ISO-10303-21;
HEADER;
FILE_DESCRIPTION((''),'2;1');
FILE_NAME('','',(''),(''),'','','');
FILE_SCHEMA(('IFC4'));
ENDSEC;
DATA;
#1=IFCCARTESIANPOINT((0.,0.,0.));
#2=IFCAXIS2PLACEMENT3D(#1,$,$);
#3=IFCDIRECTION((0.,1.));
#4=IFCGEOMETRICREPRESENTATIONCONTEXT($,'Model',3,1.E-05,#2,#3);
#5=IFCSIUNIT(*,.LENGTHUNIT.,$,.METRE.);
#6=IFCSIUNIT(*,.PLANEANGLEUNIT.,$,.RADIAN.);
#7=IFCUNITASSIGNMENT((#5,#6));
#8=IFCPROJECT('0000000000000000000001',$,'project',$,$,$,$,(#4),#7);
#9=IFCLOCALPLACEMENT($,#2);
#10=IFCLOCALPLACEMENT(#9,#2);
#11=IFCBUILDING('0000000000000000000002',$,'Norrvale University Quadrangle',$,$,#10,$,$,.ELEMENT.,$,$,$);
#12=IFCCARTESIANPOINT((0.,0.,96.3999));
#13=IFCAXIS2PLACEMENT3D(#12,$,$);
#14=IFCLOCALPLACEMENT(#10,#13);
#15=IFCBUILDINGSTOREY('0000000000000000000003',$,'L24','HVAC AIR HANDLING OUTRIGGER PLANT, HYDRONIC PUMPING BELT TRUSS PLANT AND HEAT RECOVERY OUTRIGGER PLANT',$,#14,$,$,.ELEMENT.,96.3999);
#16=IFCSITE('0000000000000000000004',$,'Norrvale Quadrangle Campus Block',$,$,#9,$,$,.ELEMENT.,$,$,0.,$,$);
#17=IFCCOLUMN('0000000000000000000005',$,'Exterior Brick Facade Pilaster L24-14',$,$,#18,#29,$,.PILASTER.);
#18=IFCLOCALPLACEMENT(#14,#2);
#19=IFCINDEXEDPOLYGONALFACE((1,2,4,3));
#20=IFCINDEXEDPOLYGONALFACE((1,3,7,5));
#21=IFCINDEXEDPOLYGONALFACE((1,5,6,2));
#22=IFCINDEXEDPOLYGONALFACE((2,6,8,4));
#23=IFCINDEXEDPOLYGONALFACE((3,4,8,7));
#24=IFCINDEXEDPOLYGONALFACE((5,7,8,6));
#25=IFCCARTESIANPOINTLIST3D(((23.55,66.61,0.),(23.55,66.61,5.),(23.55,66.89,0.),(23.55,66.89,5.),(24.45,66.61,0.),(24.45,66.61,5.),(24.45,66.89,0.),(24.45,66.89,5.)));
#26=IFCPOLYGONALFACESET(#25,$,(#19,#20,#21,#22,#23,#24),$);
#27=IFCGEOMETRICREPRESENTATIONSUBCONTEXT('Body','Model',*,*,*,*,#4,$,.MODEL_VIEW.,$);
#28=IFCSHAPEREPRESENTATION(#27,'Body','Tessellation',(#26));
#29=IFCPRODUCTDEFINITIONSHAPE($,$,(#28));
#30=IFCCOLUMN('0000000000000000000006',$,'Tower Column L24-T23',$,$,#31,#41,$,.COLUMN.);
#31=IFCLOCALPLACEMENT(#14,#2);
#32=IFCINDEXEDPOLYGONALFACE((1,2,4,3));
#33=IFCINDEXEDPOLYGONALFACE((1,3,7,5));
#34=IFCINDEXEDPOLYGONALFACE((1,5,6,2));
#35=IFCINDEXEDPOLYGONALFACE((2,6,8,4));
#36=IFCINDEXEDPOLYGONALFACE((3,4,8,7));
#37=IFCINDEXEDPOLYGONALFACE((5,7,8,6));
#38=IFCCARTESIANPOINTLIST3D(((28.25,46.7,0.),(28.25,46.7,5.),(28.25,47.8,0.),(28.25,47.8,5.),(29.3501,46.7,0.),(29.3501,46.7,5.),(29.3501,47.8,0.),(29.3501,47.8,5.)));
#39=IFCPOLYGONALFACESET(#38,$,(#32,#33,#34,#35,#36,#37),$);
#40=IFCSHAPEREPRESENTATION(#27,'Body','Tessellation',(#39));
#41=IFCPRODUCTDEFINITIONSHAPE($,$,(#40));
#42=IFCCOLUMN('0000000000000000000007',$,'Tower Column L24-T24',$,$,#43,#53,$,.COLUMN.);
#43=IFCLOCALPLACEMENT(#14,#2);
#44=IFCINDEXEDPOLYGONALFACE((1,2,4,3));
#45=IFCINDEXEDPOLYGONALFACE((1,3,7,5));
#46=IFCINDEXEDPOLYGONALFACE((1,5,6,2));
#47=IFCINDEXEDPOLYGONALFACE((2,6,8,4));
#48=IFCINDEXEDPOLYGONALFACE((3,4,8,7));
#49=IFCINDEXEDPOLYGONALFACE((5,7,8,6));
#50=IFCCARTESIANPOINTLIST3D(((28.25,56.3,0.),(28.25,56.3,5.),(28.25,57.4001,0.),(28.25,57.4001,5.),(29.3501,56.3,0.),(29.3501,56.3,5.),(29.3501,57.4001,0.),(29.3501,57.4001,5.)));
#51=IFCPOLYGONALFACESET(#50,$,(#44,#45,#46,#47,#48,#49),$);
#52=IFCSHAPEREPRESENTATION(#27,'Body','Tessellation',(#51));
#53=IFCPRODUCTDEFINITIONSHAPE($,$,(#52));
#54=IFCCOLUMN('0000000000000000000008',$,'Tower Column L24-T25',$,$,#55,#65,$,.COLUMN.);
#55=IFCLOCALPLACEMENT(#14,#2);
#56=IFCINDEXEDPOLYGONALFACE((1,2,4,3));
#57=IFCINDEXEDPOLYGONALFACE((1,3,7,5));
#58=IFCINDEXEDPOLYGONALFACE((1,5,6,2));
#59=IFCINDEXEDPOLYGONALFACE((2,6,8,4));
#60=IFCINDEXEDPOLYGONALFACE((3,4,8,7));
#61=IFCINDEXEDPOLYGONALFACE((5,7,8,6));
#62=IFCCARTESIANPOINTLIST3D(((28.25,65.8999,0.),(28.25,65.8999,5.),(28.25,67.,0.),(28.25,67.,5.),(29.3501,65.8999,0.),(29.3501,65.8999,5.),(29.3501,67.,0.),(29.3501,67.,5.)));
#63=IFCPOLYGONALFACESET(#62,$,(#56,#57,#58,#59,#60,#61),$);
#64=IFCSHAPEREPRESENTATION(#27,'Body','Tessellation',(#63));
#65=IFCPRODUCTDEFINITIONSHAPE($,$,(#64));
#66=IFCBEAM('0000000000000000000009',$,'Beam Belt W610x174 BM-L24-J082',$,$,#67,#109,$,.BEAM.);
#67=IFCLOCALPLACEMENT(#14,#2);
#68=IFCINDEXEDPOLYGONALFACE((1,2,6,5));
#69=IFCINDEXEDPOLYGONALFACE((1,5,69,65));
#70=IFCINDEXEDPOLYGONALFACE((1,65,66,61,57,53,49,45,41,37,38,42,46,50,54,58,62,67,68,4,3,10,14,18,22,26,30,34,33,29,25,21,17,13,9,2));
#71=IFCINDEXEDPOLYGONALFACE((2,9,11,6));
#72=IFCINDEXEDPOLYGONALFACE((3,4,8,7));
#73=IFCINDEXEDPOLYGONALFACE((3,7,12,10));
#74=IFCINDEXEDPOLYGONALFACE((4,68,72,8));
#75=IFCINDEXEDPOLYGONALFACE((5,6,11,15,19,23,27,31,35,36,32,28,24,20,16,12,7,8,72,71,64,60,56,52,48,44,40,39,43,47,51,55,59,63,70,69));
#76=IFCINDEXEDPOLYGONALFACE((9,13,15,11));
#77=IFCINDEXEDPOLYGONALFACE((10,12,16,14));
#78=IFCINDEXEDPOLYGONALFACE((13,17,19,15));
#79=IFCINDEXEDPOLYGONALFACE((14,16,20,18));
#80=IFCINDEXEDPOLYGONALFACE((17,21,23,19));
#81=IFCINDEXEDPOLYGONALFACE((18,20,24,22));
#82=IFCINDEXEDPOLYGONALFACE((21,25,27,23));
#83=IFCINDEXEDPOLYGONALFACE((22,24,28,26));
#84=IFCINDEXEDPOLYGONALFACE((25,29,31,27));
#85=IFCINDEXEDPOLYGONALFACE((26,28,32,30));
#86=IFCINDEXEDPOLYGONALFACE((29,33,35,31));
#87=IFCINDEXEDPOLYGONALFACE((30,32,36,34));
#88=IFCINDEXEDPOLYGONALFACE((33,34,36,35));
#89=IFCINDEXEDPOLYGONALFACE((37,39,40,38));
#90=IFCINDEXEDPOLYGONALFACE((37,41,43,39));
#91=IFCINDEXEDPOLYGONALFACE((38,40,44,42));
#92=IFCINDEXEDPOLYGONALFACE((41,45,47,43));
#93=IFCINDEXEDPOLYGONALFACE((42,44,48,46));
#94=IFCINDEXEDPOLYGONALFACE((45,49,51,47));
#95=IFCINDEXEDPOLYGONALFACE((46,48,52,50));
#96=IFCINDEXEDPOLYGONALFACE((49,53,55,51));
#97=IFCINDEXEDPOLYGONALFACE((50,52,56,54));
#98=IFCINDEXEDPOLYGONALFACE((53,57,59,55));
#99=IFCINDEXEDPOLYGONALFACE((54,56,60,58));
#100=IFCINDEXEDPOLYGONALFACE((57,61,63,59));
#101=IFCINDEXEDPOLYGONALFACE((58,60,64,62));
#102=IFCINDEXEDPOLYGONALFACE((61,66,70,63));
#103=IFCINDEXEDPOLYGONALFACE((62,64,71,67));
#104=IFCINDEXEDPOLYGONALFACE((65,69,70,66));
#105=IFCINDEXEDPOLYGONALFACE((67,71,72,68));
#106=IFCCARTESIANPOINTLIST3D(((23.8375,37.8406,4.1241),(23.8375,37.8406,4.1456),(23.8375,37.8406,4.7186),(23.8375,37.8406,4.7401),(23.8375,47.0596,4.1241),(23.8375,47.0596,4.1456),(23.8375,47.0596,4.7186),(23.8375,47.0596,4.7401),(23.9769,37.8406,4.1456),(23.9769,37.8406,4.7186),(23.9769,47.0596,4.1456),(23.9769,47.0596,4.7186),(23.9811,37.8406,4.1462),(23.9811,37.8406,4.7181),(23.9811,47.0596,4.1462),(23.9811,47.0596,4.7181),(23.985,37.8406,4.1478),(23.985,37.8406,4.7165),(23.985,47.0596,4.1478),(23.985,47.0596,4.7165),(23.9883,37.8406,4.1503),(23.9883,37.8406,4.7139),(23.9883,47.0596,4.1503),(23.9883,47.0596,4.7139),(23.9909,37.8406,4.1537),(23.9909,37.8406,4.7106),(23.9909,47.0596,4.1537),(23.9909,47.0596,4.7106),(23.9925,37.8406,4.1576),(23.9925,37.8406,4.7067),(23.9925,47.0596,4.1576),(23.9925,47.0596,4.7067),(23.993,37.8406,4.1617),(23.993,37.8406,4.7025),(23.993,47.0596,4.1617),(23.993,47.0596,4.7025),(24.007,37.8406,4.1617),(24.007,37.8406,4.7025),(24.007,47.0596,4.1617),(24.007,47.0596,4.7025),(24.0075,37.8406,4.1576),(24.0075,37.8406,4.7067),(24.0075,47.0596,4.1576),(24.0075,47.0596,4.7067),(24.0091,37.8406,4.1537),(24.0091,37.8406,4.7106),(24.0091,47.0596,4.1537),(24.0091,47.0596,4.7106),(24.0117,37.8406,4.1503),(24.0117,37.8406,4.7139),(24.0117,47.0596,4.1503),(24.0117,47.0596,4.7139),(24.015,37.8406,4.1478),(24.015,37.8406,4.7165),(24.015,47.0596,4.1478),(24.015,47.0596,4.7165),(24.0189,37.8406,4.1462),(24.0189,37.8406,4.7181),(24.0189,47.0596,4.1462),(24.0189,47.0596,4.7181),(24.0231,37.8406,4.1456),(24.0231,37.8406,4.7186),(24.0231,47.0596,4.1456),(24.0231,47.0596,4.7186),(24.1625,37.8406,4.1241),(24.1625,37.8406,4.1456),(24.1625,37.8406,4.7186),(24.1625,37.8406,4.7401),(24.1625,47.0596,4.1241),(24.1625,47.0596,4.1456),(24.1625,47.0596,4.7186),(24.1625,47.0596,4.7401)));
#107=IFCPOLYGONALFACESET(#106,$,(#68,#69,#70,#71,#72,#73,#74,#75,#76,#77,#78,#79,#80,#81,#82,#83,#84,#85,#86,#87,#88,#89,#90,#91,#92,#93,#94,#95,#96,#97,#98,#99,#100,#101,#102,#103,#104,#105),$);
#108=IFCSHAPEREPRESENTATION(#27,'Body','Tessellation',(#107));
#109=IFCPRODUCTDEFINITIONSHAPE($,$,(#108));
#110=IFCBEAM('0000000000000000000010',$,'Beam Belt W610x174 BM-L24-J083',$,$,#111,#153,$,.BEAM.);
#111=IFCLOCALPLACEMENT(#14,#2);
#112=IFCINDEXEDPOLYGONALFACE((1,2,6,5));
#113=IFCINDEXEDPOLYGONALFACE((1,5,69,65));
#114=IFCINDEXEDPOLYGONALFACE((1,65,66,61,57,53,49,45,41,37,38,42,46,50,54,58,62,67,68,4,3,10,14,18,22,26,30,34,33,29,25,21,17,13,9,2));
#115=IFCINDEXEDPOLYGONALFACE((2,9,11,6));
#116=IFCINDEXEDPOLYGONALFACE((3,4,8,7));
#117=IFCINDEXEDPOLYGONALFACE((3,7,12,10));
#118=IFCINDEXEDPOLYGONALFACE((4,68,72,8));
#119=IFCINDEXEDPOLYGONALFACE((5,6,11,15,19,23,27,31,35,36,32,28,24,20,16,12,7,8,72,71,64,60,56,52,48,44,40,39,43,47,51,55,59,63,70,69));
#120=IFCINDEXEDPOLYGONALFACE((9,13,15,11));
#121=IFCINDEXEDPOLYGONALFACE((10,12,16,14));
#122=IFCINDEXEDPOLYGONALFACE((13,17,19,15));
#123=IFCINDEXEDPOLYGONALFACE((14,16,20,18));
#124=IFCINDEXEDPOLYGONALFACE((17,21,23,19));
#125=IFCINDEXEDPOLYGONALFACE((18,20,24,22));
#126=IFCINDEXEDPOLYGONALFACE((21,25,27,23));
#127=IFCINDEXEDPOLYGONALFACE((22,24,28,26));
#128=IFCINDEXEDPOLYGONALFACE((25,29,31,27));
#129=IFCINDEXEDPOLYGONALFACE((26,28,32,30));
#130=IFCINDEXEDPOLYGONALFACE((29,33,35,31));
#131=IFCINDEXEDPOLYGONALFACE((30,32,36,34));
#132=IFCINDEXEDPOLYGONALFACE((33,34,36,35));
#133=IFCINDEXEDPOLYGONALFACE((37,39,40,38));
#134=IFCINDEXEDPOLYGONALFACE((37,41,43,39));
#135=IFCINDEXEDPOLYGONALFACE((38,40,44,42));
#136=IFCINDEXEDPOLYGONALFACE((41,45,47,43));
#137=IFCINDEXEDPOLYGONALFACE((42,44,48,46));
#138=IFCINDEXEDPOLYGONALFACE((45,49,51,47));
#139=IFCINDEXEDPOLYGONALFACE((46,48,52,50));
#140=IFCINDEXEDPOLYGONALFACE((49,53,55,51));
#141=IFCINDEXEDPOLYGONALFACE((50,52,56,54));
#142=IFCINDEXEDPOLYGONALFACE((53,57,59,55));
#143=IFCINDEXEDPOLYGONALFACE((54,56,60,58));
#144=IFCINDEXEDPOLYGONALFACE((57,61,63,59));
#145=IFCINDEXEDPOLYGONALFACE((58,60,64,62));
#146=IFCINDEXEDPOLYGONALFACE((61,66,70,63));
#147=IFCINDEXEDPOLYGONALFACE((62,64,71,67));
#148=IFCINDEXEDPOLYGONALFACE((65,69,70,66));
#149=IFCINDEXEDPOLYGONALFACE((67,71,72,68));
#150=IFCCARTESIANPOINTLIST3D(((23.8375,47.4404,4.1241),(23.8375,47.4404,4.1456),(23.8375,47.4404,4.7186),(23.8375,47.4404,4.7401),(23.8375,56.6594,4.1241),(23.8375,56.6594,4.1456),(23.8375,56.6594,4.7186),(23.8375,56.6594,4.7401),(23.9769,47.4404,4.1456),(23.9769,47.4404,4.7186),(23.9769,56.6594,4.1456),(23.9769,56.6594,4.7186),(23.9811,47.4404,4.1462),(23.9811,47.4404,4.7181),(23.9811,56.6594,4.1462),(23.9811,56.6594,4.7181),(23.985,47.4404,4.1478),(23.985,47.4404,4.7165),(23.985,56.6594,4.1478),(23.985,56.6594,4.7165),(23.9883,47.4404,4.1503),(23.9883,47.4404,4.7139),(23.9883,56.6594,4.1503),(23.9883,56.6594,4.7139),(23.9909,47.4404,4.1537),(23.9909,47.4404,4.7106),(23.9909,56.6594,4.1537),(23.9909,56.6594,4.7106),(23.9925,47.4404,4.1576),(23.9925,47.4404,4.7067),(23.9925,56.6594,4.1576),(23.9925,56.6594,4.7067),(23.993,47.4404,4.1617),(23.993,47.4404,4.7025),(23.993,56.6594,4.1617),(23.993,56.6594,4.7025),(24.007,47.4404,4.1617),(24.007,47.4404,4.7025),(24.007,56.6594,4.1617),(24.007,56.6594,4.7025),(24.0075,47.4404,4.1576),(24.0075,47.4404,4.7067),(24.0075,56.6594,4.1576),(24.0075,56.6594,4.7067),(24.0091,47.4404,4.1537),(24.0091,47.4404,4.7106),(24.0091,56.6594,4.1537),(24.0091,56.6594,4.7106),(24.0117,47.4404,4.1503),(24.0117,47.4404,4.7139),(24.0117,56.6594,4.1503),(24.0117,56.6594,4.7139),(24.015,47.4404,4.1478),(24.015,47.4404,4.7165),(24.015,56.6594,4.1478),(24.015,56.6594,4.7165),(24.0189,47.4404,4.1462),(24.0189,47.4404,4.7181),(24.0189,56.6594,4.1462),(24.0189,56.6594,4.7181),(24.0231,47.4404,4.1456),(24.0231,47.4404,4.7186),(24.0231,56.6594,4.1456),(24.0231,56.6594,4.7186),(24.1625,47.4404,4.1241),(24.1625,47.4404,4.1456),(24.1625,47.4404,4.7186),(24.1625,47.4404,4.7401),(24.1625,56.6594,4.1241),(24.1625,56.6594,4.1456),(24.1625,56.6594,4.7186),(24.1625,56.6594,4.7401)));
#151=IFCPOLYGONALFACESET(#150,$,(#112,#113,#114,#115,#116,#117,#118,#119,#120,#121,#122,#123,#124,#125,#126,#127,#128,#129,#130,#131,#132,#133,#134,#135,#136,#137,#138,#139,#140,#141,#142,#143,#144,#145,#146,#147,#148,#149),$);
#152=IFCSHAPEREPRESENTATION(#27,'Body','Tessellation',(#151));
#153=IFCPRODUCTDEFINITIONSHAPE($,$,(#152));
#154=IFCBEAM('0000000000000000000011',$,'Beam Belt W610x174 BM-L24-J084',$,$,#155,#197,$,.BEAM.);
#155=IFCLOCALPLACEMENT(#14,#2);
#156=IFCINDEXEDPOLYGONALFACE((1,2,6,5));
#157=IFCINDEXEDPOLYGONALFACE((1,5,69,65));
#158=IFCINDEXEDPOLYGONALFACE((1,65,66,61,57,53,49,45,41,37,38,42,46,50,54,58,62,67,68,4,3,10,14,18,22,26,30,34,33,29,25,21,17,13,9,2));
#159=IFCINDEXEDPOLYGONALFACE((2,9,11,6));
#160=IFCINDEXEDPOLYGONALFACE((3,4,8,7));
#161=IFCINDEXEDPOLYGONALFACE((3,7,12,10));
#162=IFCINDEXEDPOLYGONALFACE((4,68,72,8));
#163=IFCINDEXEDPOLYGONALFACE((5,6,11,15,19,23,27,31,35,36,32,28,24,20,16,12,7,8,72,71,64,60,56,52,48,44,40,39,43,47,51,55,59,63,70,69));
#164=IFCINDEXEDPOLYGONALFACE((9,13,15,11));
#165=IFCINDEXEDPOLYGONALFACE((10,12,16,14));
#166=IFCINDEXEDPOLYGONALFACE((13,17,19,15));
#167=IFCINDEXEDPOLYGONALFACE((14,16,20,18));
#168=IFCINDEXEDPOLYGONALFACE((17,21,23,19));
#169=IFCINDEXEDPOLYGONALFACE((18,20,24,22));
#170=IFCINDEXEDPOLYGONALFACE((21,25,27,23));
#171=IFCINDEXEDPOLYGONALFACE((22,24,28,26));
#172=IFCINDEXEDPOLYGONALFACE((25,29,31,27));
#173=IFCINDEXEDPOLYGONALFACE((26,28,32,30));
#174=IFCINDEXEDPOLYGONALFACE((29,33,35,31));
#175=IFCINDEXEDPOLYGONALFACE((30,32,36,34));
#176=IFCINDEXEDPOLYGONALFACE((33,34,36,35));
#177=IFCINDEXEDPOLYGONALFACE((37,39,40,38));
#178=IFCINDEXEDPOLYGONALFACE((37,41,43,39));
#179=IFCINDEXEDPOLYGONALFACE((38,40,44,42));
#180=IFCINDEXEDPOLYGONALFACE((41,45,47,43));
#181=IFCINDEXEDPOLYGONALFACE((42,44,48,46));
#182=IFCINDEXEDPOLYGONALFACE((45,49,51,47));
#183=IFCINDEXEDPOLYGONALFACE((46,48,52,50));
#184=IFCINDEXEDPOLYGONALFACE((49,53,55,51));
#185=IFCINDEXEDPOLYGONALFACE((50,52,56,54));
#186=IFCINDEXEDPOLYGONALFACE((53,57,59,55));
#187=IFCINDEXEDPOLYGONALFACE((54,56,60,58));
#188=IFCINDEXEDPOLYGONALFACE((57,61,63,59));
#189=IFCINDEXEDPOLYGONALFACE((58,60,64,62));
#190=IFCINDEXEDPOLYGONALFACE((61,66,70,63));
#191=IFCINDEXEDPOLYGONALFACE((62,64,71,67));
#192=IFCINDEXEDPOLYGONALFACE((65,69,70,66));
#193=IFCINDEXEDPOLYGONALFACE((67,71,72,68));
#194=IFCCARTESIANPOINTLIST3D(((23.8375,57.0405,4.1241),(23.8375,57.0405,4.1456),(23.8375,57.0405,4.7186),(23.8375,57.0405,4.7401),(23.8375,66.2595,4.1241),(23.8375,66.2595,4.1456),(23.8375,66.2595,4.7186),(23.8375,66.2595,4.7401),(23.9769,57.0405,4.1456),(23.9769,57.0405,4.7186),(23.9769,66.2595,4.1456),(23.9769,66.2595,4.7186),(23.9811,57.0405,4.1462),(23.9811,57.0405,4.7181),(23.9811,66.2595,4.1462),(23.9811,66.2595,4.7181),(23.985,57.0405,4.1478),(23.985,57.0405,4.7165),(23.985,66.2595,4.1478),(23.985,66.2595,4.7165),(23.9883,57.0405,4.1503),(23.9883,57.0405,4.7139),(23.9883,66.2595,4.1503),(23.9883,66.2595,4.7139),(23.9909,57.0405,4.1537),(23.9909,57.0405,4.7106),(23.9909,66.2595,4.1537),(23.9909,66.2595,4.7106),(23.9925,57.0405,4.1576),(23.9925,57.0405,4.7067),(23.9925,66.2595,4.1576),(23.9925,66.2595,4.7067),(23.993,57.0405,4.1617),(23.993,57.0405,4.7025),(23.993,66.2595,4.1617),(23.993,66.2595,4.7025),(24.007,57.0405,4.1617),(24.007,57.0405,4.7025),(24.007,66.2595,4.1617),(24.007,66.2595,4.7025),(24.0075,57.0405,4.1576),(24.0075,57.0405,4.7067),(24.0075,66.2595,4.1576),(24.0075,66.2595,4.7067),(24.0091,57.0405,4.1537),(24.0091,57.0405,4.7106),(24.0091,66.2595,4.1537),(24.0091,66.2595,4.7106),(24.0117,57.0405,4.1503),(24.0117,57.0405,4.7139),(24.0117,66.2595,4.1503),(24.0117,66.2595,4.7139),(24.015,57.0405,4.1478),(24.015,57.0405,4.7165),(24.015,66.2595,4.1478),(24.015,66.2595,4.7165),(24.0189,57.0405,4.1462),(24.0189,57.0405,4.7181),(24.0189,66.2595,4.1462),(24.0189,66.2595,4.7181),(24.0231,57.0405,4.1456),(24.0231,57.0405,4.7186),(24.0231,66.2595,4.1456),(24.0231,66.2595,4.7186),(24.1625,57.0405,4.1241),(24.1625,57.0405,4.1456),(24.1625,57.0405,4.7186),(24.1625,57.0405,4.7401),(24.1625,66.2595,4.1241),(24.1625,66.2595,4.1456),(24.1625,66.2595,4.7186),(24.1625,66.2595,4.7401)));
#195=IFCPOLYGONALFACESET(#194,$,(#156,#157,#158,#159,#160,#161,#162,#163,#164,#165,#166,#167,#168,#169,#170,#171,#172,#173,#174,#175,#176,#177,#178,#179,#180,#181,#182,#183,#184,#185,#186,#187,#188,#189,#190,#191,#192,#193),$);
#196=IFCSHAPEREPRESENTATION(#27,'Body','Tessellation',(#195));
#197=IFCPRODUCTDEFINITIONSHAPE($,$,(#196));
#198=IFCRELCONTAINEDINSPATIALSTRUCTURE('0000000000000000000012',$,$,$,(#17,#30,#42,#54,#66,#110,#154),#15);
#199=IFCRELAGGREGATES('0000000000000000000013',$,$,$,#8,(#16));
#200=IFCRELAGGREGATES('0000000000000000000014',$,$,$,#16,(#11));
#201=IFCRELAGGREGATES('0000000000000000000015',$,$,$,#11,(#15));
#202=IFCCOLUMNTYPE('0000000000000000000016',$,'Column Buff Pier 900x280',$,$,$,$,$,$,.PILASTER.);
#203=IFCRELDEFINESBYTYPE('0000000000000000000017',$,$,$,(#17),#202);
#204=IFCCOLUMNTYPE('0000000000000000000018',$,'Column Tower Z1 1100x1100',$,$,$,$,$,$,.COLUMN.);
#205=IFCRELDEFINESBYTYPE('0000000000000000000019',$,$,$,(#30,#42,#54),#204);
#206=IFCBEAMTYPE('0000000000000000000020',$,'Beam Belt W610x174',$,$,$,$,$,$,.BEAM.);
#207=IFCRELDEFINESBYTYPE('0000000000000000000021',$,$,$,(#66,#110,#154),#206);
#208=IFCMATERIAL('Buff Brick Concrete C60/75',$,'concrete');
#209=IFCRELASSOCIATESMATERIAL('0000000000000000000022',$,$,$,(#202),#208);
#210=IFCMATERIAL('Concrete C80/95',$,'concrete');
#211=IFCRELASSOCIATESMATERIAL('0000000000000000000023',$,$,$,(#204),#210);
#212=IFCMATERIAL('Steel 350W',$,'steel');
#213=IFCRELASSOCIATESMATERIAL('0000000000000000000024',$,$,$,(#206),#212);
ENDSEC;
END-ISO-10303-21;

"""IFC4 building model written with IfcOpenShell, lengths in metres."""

from ifc_helpers import new_model, si_unit, direction, frame, origin, origin_2d, place, context, subcontext, project, spatial, rectangle, i_section, extrude, material, material_profile, profile_set, type_object, element, save


model = new_model("IFC4")

# Units and contexts
model_context = context("Model", 3, precision=1e-05, world=origin(), true_north=direction((0.0, 1.0)))
body_context = subcontext(model_context, "Body", "Model", "MODEL_VIEW")
ifc_project = project(units=[si_unit("LENGTHUNIT", "METRE"), si_unit("PLANEANGLEUNIT", "RADIAN")], contexts=[model_context])

# Site, building, storey
site_placement = place(None, origin())
site = spatial("IfcSite", under=ifc_project, at=site_placement, Name="Norrvale Quadrangle Campus Block", CompositionType="ELEMENT", RefElevation=0.0)
building_placement = place(site_placement, origin())
building = spatial("IfcBuilding", under=site, at=building_placement, Name="Norrvale University Quadrangle", CompositionType="ELEMENT")
storey_placement = place(building_placement, frame((0.0, 0.0, 96.3999)))
storey = spatial("IfcBuildingStorey", under=building, at=storey_placement, Name="L24", Description="HVAC AIR HANDLING OUTRIGGER PLANT, HYDRONIC PUMPING BELT TRUSS PLANT AND HEAT RECOVERY OUTRIGGER PLANT", CompositionType="ELEMENT", Elevation=96.3999)

# Columns
ifc_material_1 = material(Name="Buff Brick Concrete C60/75", Category="concrete")
ifc_material_profile_1 = material_profile(ifc_material_1, rectangle(XDim=0.8999, YDim=0.28, at=origin_2d()), Name="Buff Brick Concrete C60/75")
ifc_profile_set_1 = profile_set([ifc_material_profile_1], Name="Buff Brick Concrete C60/75")
column_type_1 = type_object("IfcColumnType", Name="Column Buff Pier 900x280", PredefinedType="PILASTER", material=ifc_profile_set_1)
column_placement = place(storey_placement, frame((24.0, 66.75, 0.0), z_axis=(0.0, 0.0, 1.0), x_axis=(1.0, 0.0, 0.0)))
element("IfcColumn", 1, at=column_placement, inside=storey, type_object=column_type_1, Name="Exterior Brick Facade Pilaster L24-14", PredefinedType="PILASTER", context=body_context, shape_type="SweptSolid", body=[
    extrude(rectangle(XDim=0.8999, YDim=0.28, at=origin_2d()), origin(), (0.0, 0.0, 1.0), 5.0),
])
ifc_material_2 = material(Name="Concrete C80/95", Category="concrete")
ifc_material_profile_2 = material_profile(ifc_material_2, rectangle(XDim=1.1001, YDim=1.1001, at=origin_2d()), Name="Concrete C80/95")
ifc_profile_set_2 = profile_set([ifc_material_profile_2], Name="Concrete C80/95")
column_type_2 = type_object("IfcColumnType", Name="Column Tower Z1 1100x1100", PredefinedType="COLUMN", material=ifc_profile_set_2)
for number, where, z_axis, x_axis, name in (
    (2, (28.8, 47.25, 0.0), (0.0, 0.0, 1.0), (1.0, 0.0, 0.0), "Tower Column L24-T23"),
    (3, (28.8, 56.8501, 0.0), (0.0, 0.0, 1.0), (1.0, 0.0, 0.0), "Tower Column L24-T24"),
    (4, (28.8, 66.45, 0.0), (0.0, 0.0, 1.0), (1.0, 0.0, 0.0), "Tower Column L24-T25"),
):
    element("IfcColumn", number, at=place(storey_placement, frame(where, z_axis=z_axis, x_axis=x_axis)), inside=storey, type_object=column_type_2, Name=name, PredefinedType="COLUMN", context=body_context, shape_type="SweptSolid", body=[
        extrude(rectangle(XDim=1.1001, YDim=1.1001, at=origin_2d()), origin(), (0.0, 0.0, 1.0), 5.0),
    ])

# Beams
ifc_material_3 = material(Name="Steel 350W", Category="steel")
ifc_material_profile_3 = material_profile(ifc_material_3, i_section(OverallWidth=0.325, OverallDepth=0.616, WebThickness=0.0139, FlangeThickness=0.0215, FilletRadius=0.0161, at=origin_2d()), Name="Steel 350W")
ifc_profile_set_3 = profile_set([ifc_material_profile_3], Name="Steel 350W")
beam_type_1 = type_object("IfcBeamType", Name="Beam Belt W610x174", PredefinedType="BEAM", material=ifc_profile_set_3)
for number, where, z_axis, x_axis, name in (
    (5, (24.0, 37.8406, 4.4321), (0.0, 1.0, 0.0), (-1.0, 0.0, 0.0), "Beam Belt W610x174 BM-L24-J082"),
    (6, (24.0, 47.4404, 4.4321), (0.0, 1.0, 0.0), (-1.0, 0.0, 0.0), "Beam Belt W610x174 BM-L24-J083"),
    (7, (24.0, 57.0405, 4.4321), (0.0, 1.0, 0.0), (-1.0, 0.0, 0.0), "Beam Belt W610x174 BM-L24-J084"),
):
    element("IfcBeam", number, at=place(storey_placement, frame(where, z_axis=z_axis, x_axis=x_axis)), inside=storey, type_object=beam_type_1, Name=name, PredefinedType="BEAM", context=body_context, shape_type="SweptSolid", body=[
        extrude(i_section(OverallWidth=0.325, OverallDepth=0.616, WebThickness=0.0139, FlangeThickness=0.0215, FilletRadius=0.0161, at=origin_2d()), origin(), (0.0, 0.0, 1.0), 9.219),
    ])

save(model, "model.ifc")
